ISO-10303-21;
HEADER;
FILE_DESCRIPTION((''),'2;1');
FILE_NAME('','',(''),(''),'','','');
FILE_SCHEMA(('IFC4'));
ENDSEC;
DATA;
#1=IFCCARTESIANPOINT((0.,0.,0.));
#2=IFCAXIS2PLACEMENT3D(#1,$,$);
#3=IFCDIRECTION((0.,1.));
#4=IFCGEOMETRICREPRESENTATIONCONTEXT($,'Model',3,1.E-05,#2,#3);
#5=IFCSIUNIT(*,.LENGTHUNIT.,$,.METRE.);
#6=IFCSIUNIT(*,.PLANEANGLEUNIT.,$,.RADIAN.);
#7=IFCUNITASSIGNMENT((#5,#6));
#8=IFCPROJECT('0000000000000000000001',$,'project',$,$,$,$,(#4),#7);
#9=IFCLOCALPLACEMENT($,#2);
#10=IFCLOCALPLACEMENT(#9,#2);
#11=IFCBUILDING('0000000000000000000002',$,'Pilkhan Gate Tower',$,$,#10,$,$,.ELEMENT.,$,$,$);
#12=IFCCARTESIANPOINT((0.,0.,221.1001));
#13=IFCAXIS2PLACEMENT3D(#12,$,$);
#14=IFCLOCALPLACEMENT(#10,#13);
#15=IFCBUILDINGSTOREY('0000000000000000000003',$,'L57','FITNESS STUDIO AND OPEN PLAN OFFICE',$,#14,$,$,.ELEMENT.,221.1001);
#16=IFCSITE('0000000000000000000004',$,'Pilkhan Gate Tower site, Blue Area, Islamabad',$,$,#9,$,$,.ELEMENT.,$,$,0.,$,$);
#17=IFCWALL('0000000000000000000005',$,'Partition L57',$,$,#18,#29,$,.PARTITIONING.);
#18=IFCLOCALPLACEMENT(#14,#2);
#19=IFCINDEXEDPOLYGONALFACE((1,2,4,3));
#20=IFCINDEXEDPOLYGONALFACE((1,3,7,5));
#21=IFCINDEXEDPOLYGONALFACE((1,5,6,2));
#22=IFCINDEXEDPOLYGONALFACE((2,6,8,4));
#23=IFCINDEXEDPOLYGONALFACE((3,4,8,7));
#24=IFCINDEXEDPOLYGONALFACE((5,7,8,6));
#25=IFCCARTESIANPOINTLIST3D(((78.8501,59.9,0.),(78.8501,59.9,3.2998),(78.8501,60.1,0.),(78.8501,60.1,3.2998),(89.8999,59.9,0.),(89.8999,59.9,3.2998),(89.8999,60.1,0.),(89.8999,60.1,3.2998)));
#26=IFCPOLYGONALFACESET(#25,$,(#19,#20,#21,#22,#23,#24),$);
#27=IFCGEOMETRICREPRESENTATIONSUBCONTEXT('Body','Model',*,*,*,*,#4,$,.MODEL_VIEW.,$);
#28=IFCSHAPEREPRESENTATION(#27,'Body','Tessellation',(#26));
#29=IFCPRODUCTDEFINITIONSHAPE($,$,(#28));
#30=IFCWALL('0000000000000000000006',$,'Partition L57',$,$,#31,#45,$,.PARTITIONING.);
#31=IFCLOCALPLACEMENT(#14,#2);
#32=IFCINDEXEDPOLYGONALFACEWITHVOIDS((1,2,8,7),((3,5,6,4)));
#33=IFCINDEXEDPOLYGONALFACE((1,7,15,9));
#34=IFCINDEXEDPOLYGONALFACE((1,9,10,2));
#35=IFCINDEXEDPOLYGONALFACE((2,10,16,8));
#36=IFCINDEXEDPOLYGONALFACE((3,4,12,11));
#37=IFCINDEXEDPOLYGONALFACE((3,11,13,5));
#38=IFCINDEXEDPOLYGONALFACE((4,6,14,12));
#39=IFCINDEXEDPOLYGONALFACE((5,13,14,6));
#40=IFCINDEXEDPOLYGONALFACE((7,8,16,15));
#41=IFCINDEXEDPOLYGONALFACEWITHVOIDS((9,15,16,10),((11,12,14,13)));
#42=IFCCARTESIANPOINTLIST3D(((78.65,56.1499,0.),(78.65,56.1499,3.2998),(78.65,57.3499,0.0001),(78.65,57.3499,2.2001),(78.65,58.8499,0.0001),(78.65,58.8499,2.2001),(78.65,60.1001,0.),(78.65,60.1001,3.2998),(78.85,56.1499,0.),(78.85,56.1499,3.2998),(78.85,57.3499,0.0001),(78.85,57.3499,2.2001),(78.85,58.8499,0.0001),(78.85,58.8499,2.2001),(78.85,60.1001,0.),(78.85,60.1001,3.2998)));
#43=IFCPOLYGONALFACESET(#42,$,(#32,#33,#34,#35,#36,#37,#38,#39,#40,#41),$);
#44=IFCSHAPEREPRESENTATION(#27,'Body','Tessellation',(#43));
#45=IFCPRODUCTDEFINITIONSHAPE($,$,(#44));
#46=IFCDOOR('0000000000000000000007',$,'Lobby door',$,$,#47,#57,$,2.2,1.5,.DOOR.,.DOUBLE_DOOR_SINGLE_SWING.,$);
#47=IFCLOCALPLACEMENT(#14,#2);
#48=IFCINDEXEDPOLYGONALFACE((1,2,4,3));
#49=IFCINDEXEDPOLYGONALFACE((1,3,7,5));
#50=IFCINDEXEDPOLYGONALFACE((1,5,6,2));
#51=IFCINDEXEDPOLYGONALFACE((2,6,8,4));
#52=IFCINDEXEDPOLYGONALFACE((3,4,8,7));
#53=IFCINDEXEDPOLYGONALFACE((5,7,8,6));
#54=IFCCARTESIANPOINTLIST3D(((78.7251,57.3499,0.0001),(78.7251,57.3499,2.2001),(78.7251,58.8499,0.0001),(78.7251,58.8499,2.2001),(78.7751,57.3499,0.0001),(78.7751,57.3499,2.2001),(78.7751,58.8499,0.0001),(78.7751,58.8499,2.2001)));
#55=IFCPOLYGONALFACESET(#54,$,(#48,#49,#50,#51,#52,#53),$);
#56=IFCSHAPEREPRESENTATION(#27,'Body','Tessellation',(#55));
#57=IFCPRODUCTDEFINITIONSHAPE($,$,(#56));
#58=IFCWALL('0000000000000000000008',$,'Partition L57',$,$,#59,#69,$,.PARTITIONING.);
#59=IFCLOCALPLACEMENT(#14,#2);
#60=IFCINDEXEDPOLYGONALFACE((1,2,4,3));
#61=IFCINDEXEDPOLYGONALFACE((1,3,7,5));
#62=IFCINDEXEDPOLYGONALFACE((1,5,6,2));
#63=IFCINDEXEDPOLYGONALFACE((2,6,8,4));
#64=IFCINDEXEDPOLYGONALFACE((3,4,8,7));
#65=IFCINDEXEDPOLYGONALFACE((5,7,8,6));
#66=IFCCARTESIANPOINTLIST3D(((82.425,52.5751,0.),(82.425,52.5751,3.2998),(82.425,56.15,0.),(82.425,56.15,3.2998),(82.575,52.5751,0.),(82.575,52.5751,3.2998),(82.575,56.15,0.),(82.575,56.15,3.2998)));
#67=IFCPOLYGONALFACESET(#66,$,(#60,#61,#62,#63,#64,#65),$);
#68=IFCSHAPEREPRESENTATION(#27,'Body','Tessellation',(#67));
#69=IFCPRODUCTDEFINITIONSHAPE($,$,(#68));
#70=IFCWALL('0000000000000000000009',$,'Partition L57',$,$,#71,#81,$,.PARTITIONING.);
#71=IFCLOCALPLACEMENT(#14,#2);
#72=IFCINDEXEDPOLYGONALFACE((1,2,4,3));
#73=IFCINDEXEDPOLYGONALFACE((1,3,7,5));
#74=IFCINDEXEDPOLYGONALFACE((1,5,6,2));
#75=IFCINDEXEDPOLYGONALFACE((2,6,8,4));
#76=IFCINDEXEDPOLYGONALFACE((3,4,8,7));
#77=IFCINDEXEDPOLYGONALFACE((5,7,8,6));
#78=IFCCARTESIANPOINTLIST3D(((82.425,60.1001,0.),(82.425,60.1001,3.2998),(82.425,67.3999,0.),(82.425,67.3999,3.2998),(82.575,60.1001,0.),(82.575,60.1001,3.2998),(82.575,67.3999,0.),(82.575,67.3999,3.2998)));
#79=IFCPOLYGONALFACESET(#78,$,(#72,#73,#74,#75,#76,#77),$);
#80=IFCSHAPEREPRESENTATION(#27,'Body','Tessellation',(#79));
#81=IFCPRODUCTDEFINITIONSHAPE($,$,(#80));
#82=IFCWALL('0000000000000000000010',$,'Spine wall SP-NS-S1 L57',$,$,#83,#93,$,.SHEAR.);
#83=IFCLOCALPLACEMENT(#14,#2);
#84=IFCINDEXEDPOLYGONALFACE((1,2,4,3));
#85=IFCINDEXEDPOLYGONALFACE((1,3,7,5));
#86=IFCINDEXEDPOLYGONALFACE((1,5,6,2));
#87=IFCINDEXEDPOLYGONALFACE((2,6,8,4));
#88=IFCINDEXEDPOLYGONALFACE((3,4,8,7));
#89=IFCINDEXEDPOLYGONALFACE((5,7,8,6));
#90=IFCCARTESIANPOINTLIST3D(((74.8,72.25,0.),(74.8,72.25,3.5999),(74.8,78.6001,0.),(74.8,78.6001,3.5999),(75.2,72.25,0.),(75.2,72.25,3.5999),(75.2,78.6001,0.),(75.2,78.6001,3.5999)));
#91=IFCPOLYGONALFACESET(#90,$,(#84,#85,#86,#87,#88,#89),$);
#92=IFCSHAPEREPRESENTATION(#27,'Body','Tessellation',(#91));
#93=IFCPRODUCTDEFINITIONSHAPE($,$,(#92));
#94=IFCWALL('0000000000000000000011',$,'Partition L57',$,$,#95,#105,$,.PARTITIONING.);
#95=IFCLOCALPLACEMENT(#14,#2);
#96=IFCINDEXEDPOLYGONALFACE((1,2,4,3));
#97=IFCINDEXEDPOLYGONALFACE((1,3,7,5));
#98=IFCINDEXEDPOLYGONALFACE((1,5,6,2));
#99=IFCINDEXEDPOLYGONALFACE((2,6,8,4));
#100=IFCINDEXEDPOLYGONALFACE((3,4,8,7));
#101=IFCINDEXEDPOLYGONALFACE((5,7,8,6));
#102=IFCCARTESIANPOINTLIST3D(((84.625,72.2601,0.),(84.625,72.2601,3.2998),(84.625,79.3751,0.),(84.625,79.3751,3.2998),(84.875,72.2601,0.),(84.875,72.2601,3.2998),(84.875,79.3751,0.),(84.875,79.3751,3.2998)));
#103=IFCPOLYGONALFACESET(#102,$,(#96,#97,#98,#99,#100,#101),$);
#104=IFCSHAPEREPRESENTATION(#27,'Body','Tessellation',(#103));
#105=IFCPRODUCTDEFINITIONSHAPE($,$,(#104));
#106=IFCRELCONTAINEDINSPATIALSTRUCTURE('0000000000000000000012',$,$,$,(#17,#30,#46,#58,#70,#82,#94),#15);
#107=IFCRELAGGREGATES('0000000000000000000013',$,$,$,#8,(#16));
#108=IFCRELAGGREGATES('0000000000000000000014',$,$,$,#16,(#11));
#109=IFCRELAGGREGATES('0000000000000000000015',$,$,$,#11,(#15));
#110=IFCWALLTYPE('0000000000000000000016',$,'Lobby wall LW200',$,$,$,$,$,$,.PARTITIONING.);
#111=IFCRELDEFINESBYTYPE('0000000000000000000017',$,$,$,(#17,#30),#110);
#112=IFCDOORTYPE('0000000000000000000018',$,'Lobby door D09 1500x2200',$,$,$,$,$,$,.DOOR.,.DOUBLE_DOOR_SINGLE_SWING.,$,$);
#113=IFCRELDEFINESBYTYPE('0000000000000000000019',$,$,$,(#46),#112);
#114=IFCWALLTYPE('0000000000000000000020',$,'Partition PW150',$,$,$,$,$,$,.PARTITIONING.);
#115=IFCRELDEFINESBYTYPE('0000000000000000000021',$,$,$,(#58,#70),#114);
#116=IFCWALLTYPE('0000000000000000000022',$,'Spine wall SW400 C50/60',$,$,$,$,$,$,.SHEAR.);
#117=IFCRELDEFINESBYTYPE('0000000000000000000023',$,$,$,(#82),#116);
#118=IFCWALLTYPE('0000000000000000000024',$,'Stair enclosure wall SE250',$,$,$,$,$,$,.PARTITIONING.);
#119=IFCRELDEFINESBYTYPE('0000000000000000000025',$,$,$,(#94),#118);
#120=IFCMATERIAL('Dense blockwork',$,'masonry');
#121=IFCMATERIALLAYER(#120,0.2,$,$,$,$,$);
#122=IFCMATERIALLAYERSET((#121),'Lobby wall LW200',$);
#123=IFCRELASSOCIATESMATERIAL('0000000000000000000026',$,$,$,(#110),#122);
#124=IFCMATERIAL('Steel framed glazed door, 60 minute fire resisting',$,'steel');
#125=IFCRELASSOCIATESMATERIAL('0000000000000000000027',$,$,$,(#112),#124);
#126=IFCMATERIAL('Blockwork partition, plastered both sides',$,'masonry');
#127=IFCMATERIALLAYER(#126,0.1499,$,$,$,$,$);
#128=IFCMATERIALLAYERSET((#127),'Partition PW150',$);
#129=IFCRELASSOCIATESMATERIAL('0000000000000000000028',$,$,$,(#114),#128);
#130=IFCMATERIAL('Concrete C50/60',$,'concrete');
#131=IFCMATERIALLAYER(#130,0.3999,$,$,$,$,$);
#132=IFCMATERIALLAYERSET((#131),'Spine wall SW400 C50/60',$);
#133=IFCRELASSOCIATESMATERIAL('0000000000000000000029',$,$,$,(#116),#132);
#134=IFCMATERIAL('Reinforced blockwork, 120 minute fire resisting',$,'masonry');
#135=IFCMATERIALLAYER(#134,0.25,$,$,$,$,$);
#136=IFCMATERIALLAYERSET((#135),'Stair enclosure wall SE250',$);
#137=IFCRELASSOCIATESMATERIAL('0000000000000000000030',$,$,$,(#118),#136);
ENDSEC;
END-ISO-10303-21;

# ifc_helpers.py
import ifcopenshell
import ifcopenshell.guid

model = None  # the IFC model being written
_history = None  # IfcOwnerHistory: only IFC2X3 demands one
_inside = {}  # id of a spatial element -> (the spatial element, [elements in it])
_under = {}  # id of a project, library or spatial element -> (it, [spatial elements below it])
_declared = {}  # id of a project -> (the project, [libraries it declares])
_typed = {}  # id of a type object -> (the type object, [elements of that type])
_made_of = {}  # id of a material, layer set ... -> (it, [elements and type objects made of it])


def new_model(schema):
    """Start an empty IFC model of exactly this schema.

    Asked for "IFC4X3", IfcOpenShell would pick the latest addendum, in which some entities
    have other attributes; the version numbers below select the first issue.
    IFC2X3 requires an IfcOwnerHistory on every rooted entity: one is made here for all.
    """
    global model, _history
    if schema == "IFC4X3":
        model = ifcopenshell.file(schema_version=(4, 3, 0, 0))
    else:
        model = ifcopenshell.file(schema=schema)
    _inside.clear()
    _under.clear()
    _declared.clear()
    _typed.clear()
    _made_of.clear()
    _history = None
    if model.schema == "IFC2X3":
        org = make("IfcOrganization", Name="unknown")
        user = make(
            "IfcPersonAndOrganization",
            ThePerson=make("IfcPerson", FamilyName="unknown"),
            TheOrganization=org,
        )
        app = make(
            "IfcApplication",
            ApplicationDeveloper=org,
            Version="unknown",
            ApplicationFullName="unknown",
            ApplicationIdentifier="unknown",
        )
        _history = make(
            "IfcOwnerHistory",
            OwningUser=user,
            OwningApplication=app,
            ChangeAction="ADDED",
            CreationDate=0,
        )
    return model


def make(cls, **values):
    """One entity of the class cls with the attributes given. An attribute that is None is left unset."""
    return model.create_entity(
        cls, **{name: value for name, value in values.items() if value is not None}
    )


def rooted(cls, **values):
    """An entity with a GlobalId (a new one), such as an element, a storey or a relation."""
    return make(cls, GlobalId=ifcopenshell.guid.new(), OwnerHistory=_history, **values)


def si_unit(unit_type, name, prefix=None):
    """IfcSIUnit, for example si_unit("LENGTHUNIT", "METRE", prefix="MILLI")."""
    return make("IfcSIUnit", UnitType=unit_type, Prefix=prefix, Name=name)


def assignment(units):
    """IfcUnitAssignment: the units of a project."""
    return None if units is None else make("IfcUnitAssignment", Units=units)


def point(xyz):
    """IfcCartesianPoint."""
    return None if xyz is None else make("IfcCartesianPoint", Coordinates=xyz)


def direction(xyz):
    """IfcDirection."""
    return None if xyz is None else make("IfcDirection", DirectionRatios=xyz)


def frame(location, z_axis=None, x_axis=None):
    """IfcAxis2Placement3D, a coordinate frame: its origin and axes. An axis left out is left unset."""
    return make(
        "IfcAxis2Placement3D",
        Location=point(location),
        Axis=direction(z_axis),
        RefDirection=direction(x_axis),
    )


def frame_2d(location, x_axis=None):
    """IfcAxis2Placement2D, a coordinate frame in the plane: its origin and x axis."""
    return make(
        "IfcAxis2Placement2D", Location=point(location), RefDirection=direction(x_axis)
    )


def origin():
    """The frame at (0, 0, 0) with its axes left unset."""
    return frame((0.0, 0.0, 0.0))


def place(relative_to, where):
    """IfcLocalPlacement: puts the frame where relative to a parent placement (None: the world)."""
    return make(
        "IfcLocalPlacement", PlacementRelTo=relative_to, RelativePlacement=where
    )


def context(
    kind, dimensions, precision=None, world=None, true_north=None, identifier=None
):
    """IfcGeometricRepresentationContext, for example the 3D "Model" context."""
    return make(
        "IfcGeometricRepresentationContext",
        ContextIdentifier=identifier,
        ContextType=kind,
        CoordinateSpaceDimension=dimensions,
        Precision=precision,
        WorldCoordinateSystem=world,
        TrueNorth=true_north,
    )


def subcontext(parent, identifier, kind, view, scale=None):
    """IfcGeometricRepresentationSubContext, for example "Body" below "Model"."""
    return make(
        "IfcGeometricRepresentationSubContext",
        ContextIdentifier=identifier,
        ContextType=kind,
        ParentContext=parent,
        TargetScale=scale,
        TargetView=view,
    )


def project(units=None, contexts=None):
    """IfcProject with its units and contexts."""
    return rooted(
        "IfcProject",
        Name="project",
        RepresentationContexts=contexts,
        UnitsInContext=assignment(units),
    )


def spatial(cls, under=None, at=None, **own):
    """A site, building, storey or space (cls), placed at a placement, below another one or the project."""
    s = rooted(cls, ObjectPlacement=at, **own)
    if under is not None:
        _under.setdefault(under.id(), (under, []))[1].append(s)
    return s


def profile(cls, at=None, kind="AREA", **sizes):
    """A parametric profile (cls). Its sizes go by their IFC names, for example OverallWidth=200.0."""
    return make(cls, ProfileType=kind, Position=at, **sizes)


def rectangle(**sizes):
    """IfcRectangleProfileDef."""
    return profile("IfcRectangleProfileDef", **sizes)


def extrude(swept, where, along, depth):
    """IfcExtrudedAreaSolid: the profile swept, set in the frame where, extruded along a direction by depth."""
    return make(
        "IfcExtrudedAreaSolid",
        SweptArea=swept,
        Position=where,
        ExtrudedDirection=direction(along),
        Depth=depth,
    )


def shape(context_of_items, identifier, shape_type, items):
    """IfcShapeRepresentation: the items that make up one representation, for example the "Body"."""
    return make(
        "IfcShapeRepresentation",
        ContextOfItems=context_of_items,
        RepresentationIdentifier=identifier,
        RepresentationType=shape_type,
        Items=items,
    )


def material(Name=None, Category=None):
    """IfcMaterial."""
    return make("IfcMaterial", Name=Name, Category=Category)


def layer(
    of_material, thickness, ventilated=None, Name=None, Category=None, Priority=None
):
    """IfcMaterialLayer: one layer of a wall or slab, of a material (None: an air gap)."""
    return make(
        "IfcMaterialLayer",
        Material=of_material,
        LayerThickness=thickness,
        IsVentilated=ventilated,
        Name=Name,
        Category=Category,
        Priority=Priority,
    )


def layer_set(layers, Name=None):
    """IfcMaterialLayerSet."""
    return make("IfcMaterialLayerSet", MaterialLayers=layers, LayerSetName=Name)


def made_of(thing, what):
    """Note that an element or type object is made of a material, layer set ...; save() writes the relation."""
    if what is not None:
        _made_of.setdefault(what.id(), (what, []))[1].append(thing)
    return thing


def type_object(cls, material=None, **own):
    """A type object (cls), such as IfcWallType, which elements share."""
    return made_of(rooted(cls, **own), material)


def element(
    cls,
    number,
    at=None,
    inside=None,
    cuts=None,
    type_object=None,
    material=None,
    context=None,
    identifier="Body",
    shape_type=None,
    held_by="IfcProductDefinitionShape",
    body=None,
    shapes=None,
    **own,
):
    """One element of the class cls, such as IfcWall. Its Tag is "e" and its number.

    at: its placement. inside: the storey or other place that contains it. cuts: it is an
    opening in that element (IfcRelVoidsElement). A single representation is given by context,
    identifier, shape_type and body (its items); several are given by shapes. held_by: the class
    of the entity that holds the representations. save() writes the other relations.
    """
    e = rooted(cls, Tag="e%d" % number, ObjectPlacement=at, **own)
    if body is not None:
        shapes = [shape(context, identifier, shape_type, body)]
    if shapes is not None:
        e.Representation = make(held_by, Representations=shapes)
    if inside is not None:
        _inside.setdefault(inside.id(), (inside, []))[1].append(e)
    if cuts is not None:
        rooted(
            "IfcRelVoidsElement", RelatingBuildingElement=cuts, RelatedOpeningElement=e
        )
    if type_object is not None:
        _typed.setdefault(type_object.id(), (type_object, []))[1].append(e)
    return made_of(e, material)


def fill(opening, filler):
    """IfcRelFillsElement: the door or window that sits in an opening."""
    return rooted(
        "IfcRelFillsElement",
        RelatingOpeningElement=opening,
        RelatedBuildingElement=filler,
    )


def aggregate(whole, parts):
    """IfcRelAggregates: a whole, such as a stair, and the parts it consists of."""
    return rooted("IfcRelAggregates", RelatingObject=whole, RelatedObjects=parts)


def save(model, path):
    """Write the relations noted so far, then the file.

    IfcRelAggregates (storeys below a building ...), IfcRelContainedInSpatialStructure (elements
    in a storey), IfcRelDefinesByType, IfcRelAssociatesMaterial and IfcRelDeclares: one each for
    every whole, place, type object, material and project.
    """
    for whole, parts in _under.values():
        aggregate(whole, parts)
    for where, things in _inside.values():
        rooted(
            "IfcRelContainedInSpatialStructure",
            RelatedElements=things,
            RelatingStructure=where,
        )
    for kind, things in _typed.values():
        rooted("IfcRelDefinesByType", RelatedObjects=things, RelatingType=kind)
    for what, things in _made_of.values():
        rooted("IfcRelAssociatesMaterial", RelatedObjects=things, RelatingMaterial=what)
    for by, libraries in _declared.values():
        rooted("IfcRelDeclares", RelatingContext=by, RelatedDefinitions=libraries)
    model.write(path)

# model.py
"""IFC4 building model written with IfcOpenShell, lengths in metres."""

from ifc_helpers import new_model, si_unit, direction, frame, frame_2d, origin, place, context, subcontext, project, spatial, rectangle, extrude, material, layer, layer_set, type_object, element, fill, save


model = new_model("IFC4")

# Units and contexts
model_context = context("Model", 3, precision=1e-05, world=origin(), true_north=direction((0.0, 1.0)))
body_context = subcontext(model_context, "Body", "Model", "MODEL_VIEW")
ifc_project = project(units=[si_unit("LENGTHUNIT", "METRE"), si_unit("PLANEANGLEUNIT", "RADIAN")], contexts=[model_context])

# Site, building, storey
site_placement = place(None, origin())
site = spatial("IfcSite", under=ifc_project, at=site_placement, Name="Pilkhan Gate Tower site, Blue Area, Islamabad", CompositionType="ELEMENT", RefElevation=0.0)
building_placement = place(site_placement, origin())
building = spatial("IfcBuilding", under=site, at=building_placement, Name="Pilkhan Gate Tower", CompositionType="ELEMENT")
storey_placement = place(building_placement, frame((0.0, 0.0, 221.1001)))
storey = spatial("IfcBuildingStorey", under=building, at=storey_placement, Name="L57", Description="FITNESS STUDIO AND OPEN PLAN OFFICE", CompositionType="ELEMENT", Elevation=221.1001)

# Shared definitions
ifc_material_1 = material(Name="Concrete C50/60", Category="concrete")

# Shared definitions
ifc_material_2 = material(Name="Dense blockwork", Category="masonry")

# Shared definitions
ifc_layer_1 = layer(ifc_material_2, 0.2)
ifc_layer_set_1 = layer_set([ifc_layer_1], Name="Lobby wall LW200")
wall_type_1 = type_object("IfcWallType", Name="Lobby wall LW200", PredefinedType="PARTITIONING", material=ifc_layer_set_1)

# Wall
wall_1_placement = place(storey_placement, frame((78.8501, 60.0, 0.0), z_axis=(0.0, 0.0, 1.0), x_axis=(1.0, 0.0, 0.0)))
element("IfcWall", 1, at=wall_1_placement, inside=storey, type_object=wall_type_1, Name="Partition L57", PredefinedType="PARTITIONING", context=body_context, shape_type="SweptSolid", body=[
    extrude(rectangle(XDim=11.0498, YDim=0.2, at=frame_2d((5.5249, 0.0))), origin(), (0.0, 0.0, 1.0), 3.2998),
])

# Wall, opening, door
wall_2_placement = place(storey_placement, frame((78.75, 56.1499, 0.0), z_axis=(0.0, 0.0, 1.0), x_axis=(0.0, 1.0, 0.0)))
wall_2 = element("IfcWall", 2, at=wall_2_placement, inside=storey, type_object=wall_type_1, Name="Partition L57", PredefinedType="PARTITIONING", context=body_context, shape_type="SweptSolid", body=[
    extrude(rectangle(XDim=3.9502, YDim=0.2, at=frame_2d((1.9751, 0.0))), origin(), (0.0, 0.0, 1.0), 3.2998),
])
opening_1_placement = place(wall_2_placement, frame((1.2, 0.0, 0.0)))
opening_1 = element("IfcOpeningElement", 3, at=opening_1_placement, cuts=wall_2, PredefinedType="OPENING", context=body_context, shape_type="SweptSolid", body=[
    extrude(rectangle(XDim=1.5, YDim=2.2, at=frame_2d((0.75, 1.1001))), frame((0.0, 0.1099, 0.0), z_axis=(0.0, -1.0, 0.0), x_axis=(1.0, 0.0, 0.0)), (0.0, 0.0, 1.0), 0.22),
])
ifc_material_3 = material(Name="Steel framed glazed door, 60 minute fire resisting", Category="steel")
door_type_1 = type_object("IfcDoorType", Name="Lobby door D09 1500x2200", OperationType="DOUBLE_DOOR_SINGLE_SWING", PredefinedType="DOOR", material=ifc_material_3)
door_1_placement = place(opening_1_placement, origin())
door_1 = element("IfcDoor", 4, at=door_1_placement, inside=storey, type_object=door_type_1, Name="Lobby door", OperationType="DOUBLE_DOOR_SINGLE_SWING", OverallHeight=2.2, OverallWidth=1.5, PredefinedType="DOOR", context=body_context, shape_type="SweptSolid", body=[
    extrude(rectangle(XDim=1.5, YDim=2.2, at=frame_2d((0.75, 1.1001))), frame((0.0, 0.0249, 0.0), z_axis=(0.0, -1.0, 0.0), x_axis=(1.0, 0.0, 0.0)), (0.0, 0.0, 1.0), 0.05),
])
fill(opening_1, door_1)

# Walls
ifc_material_4 = material(Name="Blockwork partition, plastered both sides", Category="masonry")
ifc_layer_2 = layer(ifc_material_4, 0.1499)
ifc_layer_set_2 = layer_set([ifc_layer_2], Name="Partition PW150")
wall_type_2 = type_object("IfcWallType", Name="Partition PW150", PredefinedType="PARTITIONING", material=ifc_layer_set_2)
wall_3_placement = place(storey_placement, frame((82.5, 52.575, 0.0), z_axis=(0.0, 0.0, 1.0), x_axis=(0.0, 1.0, 0.0)))
element("IfcWall", 5, at=wall_3_placement, inside=storey, type_object=wall_type_2, Name="Partition L57", PredefinedType="PARTITIONING", context=body_context, shape_type="SweptSolid", body=[
    extrude(rectangle(XDim=3.575, YDim=0.1499, at=frame_2d((1.7876, 0.0))), origin(), (0.0, 0.0, 1.0), 3.2998),
])
wall_4_placement = place(storey_placement, frame((82.5, 60.1001, 0.0), z_axis=(0.0, 0.0, 1.0), x_axis=(0.0, 1.0, 0.0)))
element("IfcWall", 6, at=wall_4_placement, inside=storey, type_object=wall_type_2, Name="Partition L57", PredefinedType="PARTITIONING", context=body_context, shape_type="SweptSolid", body=[
    extrude(rectangle(XDim=7.2998, YDim=0.1499, at=frame_2d((3.6499, 0.0))), origin(), (0.0, 0.0, 1.0), 3.2998),
])
ifc_layer_3 = layer(ifc_material_1, 0.3999)
ifc_layer_set_3 = layer_set([ifc_layer_3], Name="Spine wall SW400 C50/60")
wall_type_3 = type_object("IfcWallType", Name="Spine wall SW400 C50/60", PredefinedType="SHEAR", material=ifc_layer_set_3)
wall_5_placement = place(storey_placement, frame((75.0, 72.25, 0.0), z_axis=(0.0, 0.0, 1.0), x_axis=(0.0, 1.0, 0.0)))
element("IfcWall", 7, at=wall_5_placement, inside=storey, type_object=wall_type_3, Name="Spine wall SP-NS-S1 L57", PredefinedType="SHEAR", context=body_context, shape_type="SweptSolid", body=[
    extrude(rectangle(XDim=6.3501, YDim=0.3999, at=frame_2d((3.175, 0.0))), origin(), (0.0, 0.0, 1.0), 3.5999),
])
ifc_material_5 = material(Name="Reinforced blockwork, 120 minute fire resisting", Category="masonry")
ifc_layer_4 = layer(ifc_material_5, 0.25)
ifc_layer_set_4 = layer_set([ifc_layer_4], Name="Stair enclosure wall SE250")
wall_type_4 = type_object("IfcWallType", Name="Stair enclosure wall SE250", PredefinedType="PARTITIONING", material=ifc_layer_set_4)
wall_6_placement = place(storey_placement, frame((84.75, 72.26, 0.0), z_axis=(0.0, 0.0, 1.0), x_axis=(0.0, 1.0, 0.0)))
element("IfcWall", 8, at=wall_6_placement, inside=storey, type_object=wall_type_4, Name="Partition L57", PredefinedType="PARTITIONING", context=body_context, shape_type="SweptSolid", body=[
    extrude(rectangle(XDim=7.115, YDim=0.25, at=frame_2d((3.5576, 0.0))), origin(), (0.0, 0.0, 1.0), 3.2998),
])

save(model, "model.ifc")
